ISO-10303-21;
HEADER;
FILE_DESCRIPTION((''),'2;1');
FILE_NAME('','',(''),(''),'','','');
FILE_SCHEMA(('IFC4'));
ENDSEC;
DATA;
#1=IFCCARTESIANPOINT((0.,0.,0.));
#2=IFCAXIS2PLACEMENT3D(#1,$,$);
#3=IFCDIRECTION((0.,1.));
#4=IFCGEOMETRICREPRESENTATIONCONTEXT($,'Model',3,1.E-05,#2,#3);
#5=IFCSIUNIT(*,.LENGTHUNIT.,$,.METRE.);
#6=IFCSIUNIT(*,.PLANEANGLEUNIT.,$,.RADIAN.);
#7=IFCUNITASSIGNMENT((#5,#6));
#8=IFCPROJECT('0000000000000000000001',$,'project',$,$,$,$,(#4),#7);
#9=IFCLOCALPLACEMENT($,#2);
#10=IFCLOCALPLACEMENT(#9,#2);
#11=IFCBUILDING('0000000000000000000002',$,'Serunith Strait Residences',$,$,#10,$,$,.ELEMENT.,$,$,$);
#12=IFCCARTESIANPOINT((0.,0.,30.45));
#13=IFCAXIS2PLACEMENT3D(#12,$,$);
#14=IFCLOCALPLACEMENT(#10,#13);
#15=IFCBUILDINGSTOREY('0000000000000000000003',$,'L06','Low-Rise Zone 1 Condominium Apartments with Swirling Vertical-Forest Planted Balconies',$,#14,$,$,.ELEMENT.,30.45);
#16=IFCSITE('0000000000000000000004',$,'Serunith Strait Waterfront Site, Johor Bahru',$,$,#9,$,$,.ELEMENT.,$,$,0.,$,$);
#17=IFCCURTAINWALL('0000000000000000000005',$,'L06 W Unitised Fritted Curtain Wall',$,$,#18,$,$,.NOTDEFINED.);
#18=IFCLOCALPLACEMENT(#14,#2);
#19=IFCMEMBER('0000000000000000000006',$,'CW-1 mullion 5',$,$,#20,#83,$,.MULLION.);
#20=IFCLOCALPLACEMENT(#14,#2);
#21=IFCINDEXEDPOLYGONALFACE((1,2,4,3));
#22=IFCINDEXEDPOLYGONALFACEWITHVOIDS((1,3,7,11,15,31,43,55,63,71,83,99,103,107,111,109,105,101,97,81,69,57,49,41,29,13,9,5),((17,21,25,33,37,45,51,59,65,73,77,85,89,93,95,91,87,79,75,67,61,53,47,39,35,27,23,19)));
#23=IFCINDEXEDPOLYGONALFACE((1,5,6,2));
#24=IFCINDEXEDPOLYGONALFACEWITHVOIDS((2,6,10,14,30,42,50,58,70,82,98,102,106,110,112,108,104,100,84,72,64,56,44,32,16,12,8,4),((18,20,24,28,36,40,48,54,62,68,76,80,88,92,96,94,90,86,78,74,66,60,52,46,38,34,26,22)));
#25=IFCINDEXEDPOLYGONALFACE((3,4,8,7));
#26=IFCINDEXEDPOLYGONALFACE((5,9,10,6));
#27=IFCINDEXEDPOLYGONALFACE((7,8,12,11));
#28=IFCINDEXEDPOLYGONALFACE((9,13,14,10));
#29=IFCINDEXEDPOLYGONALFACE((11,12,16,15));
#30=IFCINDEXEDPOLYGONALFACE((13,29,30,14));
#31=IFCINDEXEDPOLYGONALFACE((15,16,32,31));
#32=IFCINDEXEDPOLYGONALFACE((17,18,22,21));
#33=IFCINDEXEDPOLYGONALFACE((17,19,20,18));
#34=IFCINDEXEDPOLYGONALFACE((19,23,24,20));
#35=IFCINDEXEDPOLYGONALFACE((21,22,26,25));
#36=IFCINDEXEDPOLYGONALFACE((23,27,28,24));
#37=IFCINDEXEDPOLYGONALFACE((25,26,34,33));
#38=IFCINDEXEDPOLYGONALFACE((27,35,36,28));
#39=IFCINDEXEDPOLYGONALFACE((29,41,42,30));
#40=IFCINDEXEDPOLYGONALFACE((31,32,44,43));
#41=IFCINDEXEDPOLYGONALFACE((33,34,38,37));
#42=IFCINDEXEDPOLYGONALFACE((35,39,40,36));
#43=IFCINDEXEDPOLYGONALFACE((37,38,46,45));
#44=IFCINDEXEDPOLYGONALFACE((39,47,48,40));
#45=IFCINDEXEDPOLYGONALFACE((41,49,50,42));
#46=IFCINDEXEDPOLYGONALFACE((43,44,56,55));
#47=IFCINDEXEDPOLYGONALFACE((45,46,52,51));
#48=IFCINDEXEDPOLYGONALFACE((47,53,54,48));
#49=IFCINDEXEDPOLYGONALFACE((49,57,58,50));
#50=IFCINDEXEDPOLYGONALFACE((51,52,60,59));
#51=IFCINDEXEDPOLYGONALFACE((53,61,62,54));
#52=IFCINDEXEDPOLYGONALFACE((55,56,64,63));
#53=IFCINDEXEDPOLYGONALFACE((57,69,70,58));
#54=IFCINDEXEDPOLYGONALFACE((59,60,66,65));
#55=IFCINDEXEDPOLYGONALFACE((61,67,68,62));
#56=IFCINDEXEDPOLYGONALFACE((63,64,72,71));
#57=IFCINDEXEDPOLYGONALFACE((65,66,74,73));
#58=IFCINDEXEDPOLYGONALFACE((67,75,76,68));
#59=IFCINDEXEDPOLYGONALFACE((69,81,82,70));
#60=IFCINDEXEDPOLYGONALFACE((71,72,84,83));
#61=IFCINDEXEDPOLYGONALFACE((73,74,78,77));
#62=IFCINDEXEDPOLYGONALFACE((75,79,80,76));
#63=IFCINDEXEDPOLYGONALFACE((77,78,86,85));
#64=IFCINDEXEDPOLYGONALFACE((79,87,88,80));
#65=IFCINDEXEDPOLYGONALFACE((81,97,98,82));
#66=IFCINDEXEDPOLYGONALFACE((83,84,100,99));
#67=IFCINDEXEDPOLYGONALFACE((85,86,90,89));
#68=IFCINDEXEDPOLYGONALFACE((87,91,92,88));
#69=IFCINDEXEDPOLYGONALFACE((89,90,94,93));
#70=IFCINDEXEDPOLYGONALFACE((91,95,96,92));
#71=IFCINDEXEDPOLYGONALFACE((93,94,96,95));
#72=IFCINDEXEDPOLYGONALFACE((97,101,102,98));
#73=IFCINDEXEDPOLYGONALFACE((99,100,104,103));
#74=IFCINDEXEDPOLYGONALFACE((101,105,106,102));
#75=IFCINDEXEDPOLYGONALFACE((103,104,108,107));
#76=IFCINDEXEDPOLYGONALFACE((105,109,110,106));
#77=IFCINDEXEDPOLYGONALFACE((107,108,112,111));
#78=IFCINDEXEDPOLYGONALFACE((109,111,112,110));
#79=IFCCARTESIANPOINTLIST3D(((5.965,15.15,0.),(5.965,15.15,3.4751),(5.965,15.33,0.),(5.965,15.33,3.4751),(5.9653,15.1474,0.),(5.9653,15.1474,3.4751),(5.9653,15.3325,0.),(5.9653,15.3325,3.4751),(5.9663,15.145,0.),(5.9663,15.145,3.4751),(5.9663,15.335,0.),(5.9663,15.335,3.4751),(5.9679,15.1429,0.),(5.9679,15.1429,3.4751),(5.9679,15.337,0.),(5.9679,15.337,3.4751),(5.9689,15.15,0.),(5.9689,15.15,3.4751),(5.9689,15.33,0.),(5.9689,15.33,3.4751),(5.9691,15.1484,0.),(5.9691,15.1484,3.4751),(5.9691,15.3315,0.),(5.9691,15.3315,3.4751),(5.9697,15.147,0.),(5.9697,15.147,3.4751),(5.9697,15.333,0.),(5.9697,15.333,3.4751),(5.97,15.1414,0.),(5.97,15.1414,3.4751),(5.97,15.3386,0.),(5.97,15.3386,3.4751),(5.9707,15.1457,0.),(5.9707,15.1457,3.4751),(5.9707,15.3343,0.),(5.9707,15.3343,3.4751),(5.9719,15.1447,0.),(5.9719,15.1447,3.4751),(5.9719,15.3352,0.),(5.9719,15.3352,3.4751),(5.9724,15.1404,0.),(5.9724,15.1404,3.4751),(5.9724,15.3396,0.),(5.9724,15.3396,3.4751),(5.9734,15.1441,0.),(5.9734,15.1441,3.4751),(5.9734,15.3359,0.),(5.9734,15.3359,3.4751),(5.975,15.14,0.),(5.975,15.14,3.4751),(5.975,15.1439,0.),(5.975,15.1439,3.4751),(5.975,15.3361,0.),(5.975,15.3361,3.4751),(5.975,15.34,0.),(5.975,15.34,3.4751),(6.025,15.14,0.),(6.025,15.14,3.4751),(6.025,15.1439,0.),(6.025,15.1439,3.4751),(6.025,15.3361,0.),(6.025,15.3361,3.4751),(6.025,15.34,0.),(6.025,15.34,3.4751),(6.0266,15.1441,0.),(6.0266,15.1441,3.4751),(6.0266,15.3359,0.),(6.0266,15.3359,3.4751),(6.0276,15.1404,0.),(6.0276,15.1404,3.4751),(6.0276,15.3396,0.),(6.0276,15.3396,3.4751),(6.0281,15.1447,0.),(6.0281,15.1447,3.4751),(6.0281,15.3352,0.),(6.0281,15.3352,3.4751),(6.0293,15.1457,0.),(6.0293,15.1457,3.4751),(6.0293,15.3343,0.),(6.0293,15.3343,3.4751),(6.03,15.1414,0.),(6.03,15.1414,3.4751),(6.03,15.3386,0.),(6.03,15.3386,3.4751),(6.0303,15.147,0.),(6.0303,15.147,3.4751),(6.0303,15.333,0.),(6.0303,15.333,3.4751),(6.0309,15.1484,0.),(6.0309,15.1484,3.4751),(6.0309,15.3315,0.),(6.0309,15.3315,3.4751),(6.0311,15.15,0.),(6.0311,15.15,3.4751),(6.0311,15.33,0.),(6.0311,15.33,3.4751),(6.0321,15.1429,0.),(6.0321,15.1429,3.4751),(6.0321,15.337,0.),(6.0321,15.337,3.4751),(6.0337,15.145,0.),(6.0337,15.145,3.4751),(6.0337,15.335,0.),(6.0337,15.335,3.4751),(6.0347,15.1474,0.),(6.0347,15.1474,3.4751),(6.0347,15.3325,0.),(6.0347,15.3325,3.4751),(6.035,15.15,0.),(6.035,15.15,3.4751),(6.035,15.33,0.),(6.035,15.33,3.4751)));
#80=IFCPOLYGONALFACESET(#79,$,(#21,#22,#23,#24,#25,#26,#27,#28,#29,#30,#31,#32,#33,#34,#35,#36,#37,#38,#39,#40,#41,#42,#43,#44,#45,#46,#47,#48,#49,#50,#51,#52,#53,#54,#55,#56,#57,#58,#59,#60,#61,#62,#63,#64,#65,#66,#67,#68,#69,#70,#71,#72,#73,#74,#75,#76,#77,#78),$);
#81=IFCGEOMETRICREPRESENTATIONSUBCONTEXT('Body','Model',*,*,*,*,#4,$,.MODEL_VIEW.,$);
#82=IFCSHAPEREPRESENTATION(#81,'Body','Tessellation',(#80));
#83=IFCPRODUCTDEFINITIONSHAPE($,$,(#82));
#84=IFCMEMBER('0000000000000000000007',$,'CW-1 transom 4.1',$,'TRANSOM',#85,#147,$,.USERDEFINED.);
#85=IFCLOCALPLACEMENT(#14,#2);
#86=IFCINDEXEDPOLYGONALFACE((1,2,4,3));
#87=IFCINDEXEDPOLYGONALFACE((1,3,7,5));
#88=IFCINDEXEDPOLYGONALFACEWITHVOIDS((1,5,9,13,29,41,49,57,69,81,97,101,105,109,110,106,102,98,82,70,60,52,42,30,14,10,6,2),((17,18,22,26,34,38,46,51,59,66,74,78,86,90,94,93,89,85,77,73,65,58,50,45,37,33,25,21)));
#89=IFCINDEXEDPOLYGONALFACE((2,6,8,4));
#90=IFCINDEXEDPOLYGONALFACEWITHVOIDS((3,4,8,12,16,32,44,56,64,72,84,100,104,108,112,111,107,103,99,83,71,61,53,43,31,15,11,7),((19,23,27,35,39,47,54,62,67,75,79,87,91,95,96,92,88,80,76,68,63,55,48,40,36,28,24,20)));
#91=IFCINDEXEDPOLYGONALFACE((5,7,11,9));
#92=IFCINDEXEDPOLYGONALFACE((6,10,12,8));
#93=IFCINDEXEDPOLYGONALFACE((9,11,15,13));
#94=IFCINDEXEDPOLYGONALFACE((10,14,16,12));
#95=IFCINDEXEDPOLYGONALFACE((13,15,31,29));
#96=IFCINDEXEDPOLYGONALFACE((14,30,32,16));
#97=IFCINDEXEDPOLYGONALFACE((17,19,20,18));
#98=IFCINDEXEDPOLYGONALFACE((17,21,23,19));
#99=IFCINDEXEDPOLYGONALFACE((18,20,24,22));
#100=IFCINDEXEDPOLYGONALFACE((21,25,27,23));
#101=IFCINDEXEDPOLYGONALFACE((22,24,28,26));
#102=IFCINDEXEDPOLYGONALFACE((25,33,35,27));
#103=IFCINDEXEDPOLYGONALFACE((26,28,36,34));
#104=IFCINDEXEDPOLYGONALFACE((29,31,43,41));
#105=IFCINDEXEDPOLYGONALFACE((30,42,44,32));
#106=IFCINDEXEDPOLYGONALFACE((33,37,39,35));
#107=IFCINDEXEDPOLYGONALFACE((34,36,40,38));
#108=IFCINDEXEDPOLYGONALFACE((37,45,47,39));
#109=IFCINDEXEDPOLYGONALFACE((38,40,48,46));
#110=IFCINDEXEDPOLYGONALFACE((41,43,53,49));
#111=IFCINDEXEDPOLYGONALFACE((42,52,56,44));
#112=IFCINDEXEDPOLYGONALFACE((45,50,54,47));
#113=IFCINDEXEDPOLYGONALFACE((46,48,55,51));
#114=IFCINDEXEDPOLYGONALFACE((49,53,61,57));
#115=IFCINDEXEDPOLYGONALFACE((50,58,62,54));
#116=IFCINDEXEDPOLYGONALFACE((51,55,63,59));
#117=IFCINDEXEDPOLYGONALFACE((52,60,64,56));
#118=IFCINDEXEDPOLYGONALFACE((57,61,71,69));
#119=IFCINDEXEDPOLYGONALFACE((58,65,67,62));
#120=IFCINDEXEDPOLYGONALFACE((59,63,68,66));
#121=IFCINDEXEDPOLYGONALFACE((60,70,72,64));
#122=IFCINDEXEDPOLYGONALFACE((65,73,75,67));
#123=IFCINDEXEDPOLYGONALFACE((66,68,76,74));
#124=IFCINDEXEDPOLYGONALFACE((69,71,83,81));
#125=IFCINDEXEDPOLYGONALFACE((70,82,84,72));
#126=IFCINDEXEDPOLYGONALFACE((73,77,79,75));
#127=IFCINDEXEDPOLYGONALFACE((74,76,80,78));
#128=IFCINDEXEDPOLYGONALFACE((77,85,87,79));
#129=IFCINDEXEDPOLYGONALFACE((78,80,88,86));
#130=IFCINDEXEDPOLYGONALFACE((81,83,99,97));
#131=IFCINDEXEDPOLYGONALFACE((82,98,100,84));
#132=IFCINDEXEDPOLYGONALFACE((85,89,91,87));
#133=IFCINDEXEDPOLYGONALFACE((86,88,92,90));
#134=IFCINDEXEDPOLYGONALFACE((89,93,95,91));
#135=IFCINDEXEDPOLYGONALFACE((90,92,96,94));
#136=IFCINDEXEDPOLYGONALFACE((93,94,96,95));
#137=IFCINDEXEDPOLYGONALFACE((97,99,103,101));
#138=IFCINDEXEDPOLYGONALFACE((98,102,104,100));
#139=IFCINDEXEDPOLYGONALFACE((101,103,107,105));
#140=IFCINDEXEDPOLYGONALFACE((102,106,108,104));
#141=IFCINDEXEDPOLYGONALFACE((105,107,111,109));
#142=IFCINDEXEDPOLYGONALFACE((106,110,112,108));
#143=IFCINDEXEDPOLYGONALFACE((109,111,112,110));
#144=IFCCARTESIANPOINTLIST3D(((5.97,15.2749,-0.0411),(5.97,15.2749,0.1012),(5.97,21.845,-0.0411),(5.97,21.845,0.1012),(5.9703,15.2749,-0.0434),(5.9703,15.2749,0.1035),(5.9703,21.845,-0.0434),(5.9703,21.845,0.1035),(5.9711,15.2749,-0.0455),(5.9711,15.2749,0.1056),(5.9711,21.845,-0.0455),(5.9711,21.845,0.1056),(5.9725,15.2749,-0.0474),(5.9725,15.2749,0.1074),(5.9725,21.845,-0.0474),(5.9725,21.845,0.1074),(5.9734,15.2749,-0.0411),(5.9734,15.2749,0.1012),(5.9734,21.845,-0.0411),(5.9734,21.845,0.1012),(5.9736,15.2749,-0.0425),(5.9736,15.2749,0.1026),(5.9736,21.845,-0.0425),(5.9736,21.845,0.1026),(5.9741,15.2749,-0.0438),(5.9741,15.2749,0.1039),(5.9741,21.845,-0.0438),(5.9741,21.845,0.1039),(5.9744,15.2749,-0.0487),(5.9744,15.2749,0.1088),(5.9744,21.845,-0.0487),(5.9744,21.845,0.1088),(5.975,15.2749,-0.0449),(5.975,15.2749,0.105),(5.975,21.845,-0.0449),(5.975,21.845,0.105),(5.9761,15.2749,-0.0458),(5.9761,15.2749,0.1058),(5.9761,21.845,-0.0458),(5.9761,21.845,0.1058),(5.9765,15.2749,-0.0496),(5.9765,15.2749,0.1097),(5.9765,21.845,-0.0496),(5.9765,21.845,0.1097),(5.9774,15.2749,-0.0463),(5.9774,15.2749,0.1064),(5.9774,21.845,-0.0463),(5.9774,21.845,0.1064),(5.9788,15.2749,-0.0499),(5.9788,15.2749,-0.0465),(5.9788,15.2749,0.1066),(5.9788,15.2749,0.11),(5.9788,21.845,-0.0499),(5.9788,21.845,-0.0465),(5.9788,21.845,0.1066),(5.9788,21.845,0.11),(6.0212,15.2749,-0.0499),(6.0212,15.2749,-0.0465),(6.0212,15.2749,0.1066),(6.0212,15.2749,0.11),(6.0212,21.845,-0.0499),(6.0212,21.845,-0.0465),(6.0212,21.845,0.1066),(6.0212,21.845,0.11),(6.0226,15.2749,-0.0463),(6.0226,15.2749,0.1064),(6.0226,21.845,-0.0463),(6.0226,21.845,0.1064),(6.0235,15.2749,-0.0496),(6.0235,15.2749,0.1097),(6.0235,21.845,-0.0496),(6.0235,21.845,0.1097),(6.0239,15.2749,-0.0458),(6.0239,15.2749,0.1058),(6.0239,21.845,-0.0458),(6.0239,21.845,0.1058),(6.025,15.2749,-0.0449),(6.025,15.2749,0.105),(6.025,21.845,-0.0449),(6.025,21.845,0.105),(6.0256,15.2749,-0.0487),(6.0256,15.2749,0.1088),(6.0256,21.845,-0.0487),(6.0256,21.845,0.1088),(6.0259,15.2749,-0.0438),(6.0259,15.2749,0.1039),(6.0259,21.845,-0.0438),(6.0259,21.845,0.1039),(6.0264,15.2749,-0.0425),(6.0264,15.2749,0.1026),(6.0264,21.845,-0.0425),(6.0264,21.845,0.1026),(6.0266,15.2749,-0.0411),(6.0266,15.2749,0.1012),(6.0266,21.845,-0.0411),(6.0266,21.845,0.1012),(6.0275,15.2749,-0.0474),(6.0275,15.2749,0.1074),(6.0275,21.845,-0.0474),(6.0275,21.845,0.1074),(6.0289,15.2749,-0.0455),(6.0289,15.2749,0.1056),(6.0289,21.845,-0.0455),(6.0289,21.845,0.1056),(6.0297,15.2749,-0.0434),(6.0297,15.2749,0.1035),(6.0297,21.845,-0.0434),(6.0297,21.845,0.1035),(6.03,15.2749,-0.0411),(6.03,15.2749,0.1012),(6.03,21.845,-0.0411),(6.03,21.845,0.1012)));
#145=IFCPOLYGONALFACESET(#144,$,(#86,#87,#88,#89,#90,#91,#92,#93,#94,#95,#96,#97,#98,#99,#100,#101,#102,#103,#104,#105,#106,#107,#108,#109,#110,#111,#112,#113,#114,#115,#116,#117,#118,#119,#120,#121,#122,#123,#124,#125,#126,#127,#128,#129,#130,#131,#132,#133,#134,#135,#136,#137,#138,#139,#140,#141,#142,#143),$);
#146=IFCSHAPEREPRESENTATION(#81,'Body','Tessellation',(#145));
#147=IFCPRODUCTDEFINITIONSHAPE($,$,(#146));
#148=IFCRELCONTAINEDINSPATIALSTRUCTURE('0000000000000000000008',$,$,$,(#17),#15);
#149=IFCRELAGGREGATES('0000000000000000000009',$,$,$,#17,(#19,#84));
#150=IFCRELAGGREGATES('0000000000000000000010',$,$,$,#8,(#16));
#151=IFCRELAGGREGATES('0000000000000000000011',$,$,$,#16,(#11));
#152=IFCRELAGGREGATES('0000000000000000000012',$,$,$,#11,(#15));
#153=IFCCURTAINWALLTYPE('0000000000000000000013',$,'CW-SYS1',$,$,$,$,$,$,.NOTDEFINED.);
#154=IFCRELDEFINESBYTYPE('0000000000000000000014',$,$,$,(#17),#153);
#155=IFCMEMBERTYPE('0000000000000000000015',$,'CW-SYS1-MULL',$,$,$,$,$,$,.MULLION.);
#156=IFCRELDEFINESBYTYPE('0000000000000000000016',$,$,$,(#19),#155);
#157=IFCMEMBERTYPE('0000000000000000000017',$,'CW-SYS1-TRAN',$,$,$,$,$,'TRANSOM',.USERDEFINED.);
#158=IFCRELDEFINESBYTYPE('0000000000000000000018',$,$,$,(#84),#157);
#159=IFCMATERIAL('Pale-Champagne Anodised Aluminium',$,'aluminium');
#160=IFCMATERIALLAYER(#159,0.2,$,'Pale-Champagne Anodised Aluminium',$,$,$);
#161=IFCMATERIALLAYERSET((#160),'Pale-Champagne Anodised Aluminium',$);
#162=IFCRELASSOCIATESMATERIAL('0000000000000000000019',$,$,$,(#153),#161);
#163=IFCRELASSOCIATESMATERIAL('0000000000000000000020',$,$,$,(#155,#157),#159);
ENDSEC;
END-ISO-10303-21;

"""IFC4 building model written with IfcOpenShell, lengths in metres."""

from ifc_helpers import new_model, si_unit, direction, frame, origin, origin_2d, place, context, subcontext, project, spatial, hollow_rectangle, extrude, source, transform, mapped, material, layer, layer_set, material_profile, profile_set, type_object, element, aggregate, save


model = new_model("IFC4")

# Units and contexts
model_context = context("Model", 3, precision=1e-05, world=origin(), true_north=direction((0.0, 1.0)))
body_context = subcontext(model_context, "Body", "Model", "MODEL_VIEW")
ifc_project = project(units=[si_unit("LENGTHUNIT", "METRE"), si_unit("PLANEANGLEUNIT", "RADIAN")], contexts=[model_context])

# Site, building, storey
site_placement = place(None, origin())
site = spatial("IfcSite", under=ifc_project, at=site_placement, Name="Serunith Strait Waterfront Site, Johor Bahru", CompositionType="ELEMENT", RefElevation=0.0)
building_placement = place(site_placement, origin())
building = spatial("IfcBuilding", under=site, at=building_placement, Name="Serunith Strait Residences", CompositionType="ELEMENT")
storey_placement = place(building_placement, frame((0.0, 0.0, 30.45)))
storey = spatial("IfcBuildingStorey", under=building, at=storey_placement, Name="L06", Description="Low-Rise Zone 1 Condominium Apartments with Swirling Vertical-Forest Planted Balconies", CompositionType="ELEMENT", Elevation=30.45)

# Curtain wall, members
ifc_material_1 = material(Name="Pale-Champagne Anodised Aluminium", Category="aluminium")
ifc_layer_1 = layer(ifc_material_1, 0.2, Name="Pale-Champagne Anodised Aluminium")
ifc_layer_set_1 = layer_set([ifc_layer_1], Name="Pale-Champagne Anodised Aluminium")
curtain_wall_type = type_object("IfcCurtainWallType", Name="CW-SYS1", PredefinedType="NOTDEFINED", material=ifc_layer_set_1)
curtain_wall_placement = place(storey_placement, origin())
curtain_wall = element("IfcCurtainWall", 1, at=curtain_wall_placement, inside=storey, type_object=curtain_wall_type, Name="L06 W Unitised Fritted Curtain Wall", PredefinedType="NOTDEFINED")
ifc_material_profile_1 = material_profile(ifc_material_1, hollow_rectangle(XDim=0.0701, YDim=0.2, WallThickness=0.0039, InnerFilletRadius=0.0061, OuterFilletRadius=0.01, at=origin_2d()), Name="ALU 200x70x4")
ifc_profile_set_1 = profile_set([ifc_material_profile_1], Name="Pale-Champagne Anodised Aluminium")
member_type_1 = type_object("IfcMemberType", Name="CW-SYS1-MULL", PredefinedType="MULLION", material=ifc_profile_set_1)
shared_shape_1 = source(origin(), body_context, "Body", "SweptSolid", [
    extrude(hollow_rectangle(XDim=0.0701, YDim=0.2, WallThickness=0.0039, InnerFilletRadius=0.0061, OuterFilletRadius=0.01, at=origin_2d()), origin(), (0.0, 0.0, 1.0), 3.4751),
])
member_1_placement = place(storey_placement, frame((6.0, 15.24, 0.0), z_axis=(0.0, 0.0, 1.0), x_axis=(1.0, 0.0, 0.0)))
member_1 = element("IfcMember", 2, at=member_1_placement, type_object=member_type_1, Name="CW-1 mullion 5", PredefinedType="MULLION", context=body_context, shape_type="MappedRepresentation", body=[
    mapped(shared_shape_1, transform((0.0, 0.0, 0.0), scale=1.0)),
])
ifc_material_profile_2 = material_profile(ifc_material_1, hollow_rectangle(XDim=0.0601, YDim=0.1599, WallThickness=0.0034, InnerFilletRadius=0.0054, OuterFilletRadius=0.0088, at=origin_2d()), Name="ALU 160x60x3.5")
ifc_profile_set_2 = profile_set([ifc_material_profile_2], Name="Pale-Champagne Anodised Aluminium")
member_type_2 = type_object("IfcMemberType", Name="CW-SYS1-TRAN", ElementType="TRANSOM", PredefinedType="USERDEFINED", material=ifc_profile_set_2)
shared_shape_2 = source(origin(), body_context, "Body", "SweptSolid", [
    extrude(hollow_rectangle(XDim=0.0601, YDim=0.1599, WallThickness=0.0034, InnerFilletRadius=0.0054, OuterFilletRadius=0.0088, at=origin_2d()), origin(), (0.0, 0.0, 1.0), 6.5701),
])
member_2_placement = place(storey_placement, frame((6.0, 21.845, 0.03), z_axis=(0.0, -1.0, 0.0), x_axis=(1.0, 0.0, 0.0)))
member_2 = element("IfcMember", 3, at=member_2_placement, type_object=member_type_2, Name="CW-1 transom 4.1", ObjectType="TRANSOM", PredefinedType="USERDEFINED", context=body_context, shape_type="MappedRepresentation", body=[
    mapped(shared_shape_2, transform((0.0, 0.0, 0.0), scale=1.0)),
])
aggregate(curtain_wall, [member_1, member_2])

save(model, "model.ifc")
